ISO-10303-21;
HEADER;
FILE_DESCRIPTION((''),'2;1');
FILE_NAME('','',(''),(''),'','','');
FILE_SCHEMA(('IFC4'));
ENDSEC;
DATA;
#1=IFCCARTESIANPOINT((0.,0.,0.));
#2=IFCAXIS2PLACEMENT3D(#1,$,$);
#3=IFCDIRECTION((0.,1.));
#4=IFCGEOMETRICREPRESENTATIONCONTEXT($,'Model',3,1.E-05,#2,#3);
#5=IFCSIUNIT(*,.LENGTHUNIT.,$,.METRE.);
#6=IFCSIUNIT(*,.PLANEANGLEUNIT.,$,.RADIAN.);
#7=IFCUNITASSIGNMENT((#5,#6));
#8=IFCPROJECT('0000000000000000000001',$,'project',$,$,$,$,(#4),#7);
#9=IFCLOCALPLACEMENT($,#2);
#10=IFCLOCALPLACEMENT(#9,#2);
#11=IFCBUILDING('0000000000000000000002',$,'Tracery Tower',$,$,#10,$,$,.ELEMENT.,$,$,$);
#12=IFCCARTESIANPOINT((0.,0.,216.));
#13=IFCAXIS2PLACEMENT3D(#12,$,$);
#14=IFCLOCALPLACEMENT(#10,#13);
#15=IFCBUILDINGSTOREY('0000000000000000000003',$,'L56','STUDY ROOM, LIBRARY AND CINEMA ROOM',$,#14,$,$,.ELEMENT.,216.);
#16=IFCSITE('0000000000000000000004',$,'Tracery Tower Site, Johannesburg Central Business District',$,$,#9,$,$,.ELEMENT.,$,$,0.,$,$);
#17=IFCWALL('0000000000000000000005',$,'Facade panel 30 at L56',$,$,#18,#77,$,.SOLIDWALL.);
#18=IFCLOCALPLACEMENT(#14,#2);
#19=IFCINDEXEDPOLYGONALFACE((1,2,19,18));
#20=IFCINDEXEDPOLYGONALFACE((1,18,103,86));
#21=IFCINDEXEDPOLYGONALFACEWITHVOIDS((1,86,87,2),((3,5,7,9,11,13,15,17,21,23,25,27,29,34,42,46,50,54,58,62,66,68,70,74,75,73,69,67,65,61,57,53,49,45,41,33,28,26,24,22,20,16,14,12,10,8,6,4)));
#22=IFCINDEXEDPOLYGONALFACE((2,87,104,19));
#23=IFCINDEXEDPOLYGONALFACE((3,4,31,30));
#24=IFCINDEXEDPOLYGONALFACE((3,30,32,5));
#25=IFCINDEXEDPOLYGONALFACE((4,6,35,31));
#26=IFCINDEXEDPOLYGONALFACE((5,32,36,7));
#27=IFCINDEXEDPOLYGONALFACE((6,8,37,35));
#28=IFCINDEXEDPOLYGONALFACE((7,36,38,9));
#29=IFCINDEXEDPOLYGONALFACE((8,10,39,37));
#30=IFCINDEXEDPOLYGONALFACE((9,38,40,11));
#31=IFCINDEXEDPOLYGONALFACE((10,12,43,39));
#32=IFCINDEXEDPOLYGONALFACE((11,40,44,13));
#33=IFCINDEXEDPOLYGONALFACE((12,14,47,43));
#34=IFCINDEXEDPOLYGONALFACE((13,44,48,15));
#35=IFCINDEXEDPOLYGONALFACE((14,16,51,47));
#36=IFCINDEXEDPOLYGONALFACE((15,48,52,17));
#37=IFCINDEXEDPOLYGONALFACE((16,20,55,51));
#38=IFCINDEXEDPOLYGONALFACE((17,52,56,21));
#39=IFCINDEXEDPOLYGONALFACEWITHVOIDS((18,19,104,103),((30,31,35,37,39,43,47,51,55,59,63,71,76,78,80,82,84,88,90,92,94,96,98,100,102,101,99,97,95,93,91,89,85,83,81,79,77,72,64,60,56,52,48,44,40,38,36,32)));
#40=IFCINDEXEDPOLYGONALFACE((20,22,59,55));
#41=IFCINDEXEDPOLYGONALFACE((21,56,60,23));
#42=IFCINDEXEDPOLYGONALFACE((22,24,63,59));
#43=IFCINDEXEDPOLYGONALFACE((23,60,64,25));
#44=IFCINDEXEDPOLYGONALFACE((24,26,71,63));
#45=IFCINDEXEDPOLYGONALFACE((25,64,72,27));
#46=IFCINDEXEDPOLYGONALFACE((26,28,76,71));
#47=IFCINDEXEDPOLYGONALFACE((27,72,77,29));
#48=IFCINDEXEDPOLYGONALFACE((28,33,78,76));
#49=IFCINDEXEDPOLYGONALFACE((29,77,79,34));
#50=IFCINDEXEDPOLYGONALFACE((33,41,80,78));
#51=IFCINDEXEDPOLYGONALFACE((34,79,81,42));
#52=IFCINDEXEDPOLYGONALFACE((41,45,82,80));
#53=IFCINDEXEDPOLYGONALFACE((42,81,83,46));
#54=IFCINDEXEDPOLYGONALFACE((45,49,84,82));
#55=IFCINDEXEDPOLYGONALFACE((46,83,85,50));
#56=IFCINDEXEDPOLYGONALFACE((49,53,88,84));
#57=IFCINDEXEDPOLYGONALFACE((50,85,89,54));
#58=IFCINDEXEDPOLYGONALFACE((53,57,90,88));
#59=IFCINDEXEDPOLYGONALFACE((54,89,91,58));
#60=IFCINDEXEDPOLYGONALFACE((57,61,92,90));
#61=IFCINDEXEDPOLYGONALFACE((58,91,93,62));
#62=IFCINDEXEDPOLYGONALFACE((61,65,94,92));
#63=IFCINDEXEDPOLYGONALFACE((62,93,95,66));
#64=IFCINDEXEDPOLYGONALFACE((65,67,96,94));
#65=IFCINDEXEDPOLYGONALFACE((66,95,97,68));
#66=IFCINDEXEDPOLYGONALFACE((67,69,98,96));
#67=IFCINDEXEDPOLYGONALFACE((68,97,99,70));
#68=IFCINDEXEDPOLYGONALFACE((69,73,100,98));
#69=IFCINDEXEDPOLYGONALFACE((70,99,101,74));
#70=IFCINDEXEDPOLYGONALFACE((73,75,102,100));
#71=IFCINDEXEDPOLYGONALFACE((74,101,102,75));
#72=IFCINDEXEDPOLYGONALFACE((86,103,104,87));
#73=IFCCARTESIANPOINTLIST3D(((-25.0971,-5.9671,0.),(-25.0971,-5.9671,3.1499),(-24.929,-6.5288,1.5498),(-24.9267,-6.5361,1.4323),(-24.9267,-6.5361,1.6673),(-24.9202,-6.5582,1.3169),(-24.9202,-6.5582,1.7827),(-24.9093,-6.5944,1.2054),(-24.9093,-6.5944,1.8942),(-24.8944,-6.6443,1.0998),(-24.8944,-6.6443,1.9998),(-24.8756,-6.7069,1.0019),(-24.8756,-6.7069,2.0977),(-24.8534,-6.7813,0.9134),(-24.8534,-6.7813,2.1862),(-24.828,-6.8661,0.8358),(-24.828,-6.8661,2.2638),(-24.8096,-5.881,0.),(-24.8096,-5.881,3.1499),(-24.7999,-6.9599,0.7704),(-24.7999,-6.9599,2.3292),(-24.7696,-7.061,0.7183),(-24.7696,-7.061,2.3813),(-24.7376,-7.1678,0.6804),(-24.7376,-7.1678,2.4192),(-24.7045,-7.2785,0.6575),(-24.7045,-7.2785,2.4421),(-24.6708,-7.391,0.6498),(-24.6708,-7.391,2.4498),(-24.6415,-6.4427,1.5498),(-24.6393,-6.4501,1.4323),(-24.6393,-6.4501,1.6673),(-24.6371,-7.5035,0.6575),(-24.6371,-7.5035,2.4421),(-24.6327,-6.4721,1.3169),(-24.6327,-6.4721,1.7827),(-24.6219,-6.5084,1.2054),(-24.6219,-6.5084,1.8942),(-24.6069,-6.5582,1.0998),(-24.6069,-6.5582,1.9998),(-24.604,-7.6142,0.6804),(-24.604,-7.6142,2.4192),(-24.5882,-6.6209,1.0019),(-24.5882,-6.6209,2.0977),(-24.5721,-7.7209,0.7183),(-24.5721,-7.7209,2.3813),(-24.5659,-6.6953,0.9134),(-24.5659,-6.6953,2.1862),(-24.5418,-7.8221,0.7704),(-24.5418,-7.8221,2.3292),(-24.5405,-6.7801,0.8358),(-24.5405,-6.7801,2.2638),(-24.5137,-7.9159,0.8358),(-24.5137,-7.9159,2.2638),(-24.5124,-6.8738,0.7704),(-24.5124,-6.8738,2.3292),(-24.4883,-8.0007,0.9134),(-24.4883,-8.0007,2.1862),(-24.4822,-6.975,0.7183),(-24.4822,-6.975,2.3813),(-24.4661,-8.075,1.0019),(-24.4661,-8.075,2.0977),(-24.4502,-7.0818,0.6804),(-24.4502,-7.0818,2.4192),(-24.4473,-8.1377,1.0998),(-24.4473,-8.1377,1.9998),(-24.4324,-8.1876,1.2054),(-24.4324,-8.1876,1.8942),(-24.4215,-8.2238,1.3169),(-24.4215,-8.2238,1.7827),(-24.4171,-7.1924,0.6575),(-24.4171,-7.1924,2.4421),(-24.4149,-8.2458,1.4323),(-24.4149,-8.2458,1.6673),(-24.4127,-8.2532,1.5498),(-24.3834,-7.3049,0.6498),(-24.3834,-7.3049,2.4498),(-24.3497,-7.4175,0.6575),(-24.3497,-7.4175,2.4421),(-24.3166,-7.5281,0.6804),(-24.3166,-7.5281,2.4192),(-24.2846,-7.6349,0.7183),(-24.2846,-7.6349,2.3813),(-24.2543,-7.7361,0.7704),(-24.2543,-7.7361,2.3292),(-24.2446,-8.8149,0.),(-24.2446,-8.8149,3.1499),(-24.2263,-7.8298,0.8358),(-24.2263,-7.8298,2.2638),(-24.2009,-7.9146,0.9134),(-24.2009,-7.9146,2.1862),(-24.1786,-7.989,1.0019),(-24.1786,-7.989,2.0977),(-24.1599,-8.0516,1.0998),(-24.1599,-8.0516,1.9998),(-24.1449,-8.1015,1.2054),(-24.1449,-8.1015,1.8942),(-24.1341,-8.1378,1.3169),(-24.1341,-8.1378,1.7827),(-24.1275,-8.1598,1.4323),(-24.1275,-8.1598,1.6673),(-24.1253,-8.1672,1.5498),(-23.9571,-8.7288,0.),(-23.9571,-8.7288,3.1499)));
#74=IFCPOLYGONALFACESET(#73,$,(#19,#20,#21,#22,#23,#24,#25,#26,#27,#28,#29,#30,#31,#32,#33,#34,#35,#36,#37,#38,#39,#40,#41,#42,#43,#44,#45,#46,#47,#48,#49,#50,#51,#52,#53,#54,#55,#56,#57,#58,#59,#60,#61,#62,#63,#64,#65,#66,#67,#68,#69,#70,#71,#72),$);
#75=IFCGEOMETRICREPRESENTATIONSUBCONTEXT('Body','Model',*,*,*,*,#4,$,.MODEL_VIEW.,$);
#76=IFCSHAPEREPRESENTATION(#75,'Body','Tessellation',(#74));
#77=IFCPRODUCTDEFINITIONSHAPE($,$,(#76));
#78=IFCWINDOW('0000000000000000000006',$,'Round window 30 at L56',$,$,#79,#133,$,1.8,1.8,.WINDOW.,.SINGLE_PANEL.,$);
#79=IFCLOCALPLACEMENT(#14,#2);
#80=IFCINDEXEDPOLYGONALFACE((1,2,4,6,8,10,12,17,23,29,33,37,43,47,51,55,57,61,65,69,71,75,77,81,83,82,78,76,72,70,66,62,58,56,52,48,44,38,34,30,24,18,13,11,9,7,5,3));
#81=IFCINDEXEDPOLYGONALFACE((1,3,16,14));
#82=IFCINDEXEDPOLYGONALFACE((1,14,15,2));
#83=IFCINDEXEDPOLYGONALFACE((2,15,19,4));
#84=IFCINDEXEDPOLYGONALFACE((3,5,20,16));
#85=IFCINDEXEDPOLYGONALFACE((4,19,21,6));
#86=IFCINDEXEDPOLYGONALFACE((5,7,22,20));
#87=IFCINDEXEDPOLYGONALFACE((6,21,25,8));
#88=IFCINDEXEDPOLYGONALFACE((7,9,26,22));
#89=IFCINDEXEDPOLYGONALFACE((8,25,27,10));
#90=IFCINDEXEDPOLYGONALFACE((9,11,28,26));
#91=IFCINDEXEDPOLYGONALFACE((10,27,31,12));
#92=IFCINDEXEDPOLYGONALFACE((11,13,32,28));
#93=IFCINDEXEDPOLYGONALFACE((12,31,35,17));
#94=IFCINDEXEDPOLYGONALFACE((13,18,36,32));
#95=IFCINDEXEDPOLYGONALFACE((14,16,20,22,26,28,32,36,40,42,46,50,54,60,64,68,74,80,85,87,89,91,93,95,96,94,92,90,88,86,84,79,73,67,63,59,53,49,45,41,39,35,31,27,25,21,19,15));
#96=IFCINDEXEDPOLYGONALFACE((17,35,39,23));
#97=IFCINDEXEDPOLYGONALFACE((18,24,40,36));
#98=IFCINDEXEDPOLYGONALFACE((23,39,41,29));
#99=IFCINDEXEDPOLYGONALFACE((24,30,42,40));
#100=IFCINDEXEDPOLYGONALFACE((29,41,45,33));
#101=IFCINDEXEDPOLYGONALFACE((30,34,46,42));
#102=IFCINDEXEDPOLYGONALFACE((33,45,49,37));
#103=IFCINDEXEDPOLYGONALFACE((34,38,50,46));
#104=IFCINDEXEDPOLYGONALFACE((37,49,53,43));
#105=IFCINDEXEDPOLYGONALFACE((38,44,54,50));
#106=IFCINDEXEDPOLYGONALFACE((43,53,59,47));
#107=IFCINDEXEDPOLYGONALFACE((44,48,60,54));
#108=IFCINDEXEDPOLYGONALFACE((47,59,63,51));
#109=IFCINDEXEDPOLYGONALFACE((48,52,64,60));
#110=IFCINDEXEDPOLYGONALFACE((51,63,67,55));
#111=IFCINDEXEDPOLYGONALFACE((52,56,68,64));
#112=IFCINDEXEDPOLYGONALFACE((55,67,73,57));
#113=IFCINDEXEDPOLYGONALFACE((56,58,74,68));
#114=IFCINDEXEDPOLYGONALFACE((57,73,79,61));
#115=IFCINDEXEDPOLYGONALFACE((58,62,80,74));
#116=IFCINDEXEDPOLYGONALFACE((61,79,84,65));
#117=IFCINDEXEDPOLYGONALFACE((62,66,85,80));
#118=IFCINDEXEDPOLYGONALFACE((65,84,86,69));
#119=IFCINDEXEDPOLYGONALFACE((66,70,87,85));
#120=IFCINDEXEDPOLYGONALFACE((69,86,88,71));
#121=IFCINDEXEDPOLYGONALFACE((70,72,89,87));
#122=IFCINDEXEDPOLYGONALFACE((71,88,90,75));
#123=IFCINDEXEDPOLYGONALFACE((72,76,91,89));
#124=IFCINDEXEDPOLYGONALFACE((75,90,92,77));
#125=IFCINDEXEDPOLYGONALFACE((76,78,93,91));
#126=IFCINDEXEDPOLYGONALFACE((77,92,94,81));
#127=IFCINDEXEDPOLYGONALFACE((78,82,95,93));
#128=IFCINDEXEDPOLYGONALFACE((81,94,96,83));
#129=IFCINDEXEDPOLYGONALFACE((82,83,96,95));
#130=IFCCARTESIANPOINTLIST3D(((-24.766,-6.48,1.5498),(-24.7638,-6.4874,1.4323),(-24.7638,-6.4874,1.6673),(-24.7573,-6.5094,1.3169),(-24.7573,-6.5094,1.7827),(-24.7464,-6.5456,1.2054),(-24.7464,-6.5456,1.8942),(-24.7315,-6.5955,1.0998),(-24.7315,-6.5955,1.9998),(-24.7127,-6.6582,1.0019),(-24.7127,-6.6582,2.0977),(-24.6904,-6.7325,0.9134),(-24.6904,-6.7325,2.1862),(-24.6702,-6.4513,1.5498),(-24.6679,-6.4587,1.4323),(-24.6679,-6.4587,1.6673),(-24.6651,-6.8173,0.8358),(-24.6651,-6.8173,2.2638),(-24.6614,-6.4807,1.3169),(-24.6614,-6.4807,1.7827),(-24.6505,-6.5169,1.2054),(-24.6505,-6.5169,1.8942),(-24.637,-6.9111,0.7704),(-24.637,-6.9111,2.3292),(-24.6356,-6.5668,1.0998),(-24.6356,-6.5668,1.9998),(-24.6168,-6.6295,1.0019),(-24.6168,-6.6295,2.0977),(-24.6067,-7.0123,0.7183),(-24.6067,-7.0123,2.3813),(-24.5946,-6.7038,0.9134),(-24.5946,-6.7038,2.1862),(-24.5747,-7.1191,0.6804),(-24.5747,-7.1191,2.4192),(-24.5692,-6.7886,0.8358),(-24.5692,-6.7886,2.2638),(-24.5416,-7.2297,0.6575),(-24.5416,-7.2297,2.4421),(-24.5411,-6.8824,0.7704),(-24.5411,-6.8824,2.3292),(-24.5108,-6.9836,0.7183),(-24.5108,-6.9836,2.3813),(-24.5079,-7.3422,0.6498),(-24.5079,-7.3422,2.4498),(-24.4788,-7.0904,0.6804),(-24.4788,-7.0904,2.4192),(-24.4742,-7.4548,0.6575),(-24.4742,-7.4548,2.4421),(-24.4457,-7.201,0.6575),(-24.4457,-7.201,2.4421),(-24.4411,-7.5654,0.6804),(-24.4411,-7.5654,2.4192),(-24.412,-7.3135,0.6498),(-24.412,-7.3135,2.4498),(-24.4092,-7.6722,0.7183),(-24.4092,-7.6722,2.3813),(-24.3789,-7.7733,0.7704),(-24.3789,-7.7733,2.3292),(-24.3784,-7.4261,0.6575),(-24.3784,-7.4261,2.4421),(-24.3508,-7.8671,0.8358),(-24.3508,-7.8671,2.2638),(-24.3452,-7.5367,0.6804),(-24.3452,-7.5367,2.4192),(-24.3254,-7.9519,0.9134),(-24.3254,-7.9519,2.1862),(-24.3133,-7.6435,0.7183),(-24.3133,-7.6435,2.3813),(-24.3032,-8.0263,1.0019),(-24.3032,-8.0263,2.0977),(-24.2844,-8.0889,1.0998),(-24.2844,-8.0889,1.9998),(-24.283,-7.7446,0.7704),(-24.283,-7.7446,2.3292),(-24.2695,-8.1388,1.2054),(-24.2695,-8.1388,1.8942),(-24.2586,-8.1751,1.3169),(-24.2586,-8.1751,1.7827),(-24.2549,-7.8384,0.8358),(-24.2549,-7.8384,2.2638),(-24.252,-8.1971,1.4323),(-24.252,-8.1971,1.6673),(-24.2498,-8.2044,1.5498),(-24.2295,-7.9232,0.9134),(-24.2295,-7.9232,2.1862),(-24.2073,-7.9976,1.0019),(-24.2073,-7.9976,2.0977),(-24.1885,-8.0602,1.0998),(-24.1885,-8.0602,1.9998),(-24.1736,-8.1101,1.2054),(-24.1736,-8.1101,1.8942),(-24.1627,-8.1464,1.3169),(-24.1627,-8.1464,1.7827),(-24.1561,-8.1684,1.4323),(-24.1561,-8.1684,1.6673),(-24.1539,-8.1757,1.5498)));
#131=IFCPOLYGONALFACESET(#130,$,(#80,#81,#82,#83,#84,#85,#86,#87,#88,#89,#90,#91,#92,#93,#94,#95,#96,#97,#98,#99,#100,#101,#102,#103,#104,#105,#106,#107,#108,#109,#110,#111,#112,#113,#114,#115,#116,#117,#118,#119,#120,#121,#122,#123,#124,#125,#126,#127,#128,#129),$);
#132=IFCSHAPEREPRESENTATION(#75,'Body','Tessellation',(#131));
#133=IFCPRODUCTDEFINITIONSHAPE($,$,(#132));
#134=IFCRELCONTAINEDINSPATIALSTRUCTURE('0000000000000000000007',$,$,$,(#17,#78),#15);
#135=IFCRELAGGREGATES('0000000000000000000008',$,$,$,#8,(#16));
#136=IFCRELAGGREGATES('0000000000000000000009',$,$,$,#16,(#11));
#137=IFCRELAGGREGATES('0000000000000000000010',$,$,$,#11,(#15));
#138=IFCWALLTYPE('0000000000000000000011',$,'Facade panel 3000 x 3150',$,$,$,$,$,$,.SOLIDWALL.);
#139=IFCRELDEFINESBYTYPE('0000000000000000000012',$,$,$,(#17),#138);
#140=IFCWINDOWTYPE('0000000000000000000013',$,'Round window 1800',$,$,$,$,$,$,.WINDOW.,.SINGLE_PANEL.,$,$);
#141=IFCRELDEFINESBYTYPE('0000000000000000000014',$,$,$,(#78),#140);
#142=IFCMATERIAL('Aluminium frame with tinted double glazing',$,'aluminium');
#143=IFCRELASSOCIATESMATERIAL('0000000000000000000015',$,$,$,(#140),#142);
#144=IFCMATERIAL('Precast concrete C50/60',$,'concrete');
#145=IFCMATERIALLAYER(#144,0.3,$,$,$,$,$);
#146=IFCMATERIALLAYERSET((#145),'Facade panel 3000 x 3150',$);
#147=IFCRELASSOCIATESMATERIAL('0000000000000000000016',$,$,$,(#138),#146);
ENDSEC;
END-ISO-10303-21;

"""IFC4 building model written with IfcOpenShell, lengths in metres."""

from ifc_helpers import new_model, si_unit, direction, frame, frame_2d, origin, origin_2d, place, context, subcontext, project, spatial, rectangle, circle, extrude, material, layer, layer_set, type_object, element, fill, save


model = new_model("IFC4")

# Units and contexts
model_context = context("Model", 3, precision=1e-05, world=origin(), true_north=direction((0.0, 1.0)))
body_context = subcontext(model_context, "Body", "Model", "MODEL_VIEW")
ifc_project = project(units=[si_unit("LENGTHUNIT", "METRE"), si_unit("PLANEANGLEUNIT", "RADIAN")], contexts=[model_context])

# Site, building, storey
site_placement = place(None, origin())
site = spatial("IfcSite", under=ifc_project, at=site_placement, Name="Tracery Tower Site, Johannesburg Central Business District", CompositionType="ELEMENT", RefElevation=0.0)
building_placement = place(site_placement, origin())
building = spatial("IfcBuilding", under=site, at=building_placement, Name="Tracery Tower", CompositionType="ELEMENT")
storey_placement = place(building_placement, frame((0.0, 0.0, 216.0)))
storey = spatial("IfcBuildingStorey", under=building, at=storey_placement, Name="L56", Description="STUDY ROOM, LIBRARY AND CINEMA ROOM", CompositionType="ELEMENT", Elevation=216.0)

# Wall, opening, window
ifc_material_1 = material(Name="Aluminium frame with tinted double glazing", Category="aluminium")
window_type = type_object("IfcWindowType", Name="Round window 1800", PartitioningType="SINGLE_PANEL", PredefinedType="WINDOW", material=ifc_material_1)
ifc_material_2 = material(Name="Precast concrete C50/60", Category="concrete")
ifc_layer_1 = layer(ifc_material_2, 0.3)
ifc_layer_set_1 = layer_set([ifc_layer_1], Name="Facade panel 3000 x 3150")
wall_type_1 = type_object("IfcWallType", Name="Facade panel 3000 x 3150", PredefinedType="SOLIDWALL", material=ifc_layer_set_1)
wall_1_placement = place(storey_placement, frame((-24.9534, -5.9241, 0.0), z_axis=(0.0, 0.0, 1.0), x_axis=(0.286783, -0.957996, 0.0)))
wall_1 = element("IfcWall", 1, at=wall_1_placement, inside=storey, type_object=wall_type_1, Name="Facade panel 30 at L56", PredefinedType="SOLIDWALL", context=body_context, shape_type="SweptSolid", body=[
    extrude(rectangle(XDim=2.9727, YDim=0.3, at=frame_2d((1.4863, 0.0))), origin(), (0.0, 0.0, 1.0), 3.1499),
])
opening_1_placement = place(wall_1_placement, frame((1.4863, 0.0, 1.5498)))
opening_1 = element("IfcOpeningElement", 2, at=opening_1_placement, cuts=wall_1, PredefinedType="OPENING", context=body_context, shape_type="SweptSolid", body=[
    extrude(circle(Radius=0.9, at=origin_2d()), frame((0.0, 0.1599, 0.0), z_axis=(0.0, -1.0, 0.0), x_axis=(1.0, 0.0, 0.0)), (0.0, 0.0, 1.0), 0.3201),
])
window_1_placement = place(opening_1_placement, origin())
window_1 = element("IfcWindow", 3, at=window_1_placement, inside=storey, type_object=window_type, Name="Round window 30 at L56", OverallHeight=1.8, OverallWidth=1.8, PartitioningType="SINGLE_PANEL", PredefinedType="WINDOW", context=body_context, shape_type="SweptSolid", body=[
    extrude(circle(Radius=0.9, at=origin_2d()), frame((0.0, 0.1201, 0.0), z_axis=(0.0, -1.0, 0.0), x_axis=(1.0, 0.0, 0.0)), (0.0, 0.0, 1.0), 0.1001),
])
fill(opening_1, window_1)

save(model, "model.ifc")
